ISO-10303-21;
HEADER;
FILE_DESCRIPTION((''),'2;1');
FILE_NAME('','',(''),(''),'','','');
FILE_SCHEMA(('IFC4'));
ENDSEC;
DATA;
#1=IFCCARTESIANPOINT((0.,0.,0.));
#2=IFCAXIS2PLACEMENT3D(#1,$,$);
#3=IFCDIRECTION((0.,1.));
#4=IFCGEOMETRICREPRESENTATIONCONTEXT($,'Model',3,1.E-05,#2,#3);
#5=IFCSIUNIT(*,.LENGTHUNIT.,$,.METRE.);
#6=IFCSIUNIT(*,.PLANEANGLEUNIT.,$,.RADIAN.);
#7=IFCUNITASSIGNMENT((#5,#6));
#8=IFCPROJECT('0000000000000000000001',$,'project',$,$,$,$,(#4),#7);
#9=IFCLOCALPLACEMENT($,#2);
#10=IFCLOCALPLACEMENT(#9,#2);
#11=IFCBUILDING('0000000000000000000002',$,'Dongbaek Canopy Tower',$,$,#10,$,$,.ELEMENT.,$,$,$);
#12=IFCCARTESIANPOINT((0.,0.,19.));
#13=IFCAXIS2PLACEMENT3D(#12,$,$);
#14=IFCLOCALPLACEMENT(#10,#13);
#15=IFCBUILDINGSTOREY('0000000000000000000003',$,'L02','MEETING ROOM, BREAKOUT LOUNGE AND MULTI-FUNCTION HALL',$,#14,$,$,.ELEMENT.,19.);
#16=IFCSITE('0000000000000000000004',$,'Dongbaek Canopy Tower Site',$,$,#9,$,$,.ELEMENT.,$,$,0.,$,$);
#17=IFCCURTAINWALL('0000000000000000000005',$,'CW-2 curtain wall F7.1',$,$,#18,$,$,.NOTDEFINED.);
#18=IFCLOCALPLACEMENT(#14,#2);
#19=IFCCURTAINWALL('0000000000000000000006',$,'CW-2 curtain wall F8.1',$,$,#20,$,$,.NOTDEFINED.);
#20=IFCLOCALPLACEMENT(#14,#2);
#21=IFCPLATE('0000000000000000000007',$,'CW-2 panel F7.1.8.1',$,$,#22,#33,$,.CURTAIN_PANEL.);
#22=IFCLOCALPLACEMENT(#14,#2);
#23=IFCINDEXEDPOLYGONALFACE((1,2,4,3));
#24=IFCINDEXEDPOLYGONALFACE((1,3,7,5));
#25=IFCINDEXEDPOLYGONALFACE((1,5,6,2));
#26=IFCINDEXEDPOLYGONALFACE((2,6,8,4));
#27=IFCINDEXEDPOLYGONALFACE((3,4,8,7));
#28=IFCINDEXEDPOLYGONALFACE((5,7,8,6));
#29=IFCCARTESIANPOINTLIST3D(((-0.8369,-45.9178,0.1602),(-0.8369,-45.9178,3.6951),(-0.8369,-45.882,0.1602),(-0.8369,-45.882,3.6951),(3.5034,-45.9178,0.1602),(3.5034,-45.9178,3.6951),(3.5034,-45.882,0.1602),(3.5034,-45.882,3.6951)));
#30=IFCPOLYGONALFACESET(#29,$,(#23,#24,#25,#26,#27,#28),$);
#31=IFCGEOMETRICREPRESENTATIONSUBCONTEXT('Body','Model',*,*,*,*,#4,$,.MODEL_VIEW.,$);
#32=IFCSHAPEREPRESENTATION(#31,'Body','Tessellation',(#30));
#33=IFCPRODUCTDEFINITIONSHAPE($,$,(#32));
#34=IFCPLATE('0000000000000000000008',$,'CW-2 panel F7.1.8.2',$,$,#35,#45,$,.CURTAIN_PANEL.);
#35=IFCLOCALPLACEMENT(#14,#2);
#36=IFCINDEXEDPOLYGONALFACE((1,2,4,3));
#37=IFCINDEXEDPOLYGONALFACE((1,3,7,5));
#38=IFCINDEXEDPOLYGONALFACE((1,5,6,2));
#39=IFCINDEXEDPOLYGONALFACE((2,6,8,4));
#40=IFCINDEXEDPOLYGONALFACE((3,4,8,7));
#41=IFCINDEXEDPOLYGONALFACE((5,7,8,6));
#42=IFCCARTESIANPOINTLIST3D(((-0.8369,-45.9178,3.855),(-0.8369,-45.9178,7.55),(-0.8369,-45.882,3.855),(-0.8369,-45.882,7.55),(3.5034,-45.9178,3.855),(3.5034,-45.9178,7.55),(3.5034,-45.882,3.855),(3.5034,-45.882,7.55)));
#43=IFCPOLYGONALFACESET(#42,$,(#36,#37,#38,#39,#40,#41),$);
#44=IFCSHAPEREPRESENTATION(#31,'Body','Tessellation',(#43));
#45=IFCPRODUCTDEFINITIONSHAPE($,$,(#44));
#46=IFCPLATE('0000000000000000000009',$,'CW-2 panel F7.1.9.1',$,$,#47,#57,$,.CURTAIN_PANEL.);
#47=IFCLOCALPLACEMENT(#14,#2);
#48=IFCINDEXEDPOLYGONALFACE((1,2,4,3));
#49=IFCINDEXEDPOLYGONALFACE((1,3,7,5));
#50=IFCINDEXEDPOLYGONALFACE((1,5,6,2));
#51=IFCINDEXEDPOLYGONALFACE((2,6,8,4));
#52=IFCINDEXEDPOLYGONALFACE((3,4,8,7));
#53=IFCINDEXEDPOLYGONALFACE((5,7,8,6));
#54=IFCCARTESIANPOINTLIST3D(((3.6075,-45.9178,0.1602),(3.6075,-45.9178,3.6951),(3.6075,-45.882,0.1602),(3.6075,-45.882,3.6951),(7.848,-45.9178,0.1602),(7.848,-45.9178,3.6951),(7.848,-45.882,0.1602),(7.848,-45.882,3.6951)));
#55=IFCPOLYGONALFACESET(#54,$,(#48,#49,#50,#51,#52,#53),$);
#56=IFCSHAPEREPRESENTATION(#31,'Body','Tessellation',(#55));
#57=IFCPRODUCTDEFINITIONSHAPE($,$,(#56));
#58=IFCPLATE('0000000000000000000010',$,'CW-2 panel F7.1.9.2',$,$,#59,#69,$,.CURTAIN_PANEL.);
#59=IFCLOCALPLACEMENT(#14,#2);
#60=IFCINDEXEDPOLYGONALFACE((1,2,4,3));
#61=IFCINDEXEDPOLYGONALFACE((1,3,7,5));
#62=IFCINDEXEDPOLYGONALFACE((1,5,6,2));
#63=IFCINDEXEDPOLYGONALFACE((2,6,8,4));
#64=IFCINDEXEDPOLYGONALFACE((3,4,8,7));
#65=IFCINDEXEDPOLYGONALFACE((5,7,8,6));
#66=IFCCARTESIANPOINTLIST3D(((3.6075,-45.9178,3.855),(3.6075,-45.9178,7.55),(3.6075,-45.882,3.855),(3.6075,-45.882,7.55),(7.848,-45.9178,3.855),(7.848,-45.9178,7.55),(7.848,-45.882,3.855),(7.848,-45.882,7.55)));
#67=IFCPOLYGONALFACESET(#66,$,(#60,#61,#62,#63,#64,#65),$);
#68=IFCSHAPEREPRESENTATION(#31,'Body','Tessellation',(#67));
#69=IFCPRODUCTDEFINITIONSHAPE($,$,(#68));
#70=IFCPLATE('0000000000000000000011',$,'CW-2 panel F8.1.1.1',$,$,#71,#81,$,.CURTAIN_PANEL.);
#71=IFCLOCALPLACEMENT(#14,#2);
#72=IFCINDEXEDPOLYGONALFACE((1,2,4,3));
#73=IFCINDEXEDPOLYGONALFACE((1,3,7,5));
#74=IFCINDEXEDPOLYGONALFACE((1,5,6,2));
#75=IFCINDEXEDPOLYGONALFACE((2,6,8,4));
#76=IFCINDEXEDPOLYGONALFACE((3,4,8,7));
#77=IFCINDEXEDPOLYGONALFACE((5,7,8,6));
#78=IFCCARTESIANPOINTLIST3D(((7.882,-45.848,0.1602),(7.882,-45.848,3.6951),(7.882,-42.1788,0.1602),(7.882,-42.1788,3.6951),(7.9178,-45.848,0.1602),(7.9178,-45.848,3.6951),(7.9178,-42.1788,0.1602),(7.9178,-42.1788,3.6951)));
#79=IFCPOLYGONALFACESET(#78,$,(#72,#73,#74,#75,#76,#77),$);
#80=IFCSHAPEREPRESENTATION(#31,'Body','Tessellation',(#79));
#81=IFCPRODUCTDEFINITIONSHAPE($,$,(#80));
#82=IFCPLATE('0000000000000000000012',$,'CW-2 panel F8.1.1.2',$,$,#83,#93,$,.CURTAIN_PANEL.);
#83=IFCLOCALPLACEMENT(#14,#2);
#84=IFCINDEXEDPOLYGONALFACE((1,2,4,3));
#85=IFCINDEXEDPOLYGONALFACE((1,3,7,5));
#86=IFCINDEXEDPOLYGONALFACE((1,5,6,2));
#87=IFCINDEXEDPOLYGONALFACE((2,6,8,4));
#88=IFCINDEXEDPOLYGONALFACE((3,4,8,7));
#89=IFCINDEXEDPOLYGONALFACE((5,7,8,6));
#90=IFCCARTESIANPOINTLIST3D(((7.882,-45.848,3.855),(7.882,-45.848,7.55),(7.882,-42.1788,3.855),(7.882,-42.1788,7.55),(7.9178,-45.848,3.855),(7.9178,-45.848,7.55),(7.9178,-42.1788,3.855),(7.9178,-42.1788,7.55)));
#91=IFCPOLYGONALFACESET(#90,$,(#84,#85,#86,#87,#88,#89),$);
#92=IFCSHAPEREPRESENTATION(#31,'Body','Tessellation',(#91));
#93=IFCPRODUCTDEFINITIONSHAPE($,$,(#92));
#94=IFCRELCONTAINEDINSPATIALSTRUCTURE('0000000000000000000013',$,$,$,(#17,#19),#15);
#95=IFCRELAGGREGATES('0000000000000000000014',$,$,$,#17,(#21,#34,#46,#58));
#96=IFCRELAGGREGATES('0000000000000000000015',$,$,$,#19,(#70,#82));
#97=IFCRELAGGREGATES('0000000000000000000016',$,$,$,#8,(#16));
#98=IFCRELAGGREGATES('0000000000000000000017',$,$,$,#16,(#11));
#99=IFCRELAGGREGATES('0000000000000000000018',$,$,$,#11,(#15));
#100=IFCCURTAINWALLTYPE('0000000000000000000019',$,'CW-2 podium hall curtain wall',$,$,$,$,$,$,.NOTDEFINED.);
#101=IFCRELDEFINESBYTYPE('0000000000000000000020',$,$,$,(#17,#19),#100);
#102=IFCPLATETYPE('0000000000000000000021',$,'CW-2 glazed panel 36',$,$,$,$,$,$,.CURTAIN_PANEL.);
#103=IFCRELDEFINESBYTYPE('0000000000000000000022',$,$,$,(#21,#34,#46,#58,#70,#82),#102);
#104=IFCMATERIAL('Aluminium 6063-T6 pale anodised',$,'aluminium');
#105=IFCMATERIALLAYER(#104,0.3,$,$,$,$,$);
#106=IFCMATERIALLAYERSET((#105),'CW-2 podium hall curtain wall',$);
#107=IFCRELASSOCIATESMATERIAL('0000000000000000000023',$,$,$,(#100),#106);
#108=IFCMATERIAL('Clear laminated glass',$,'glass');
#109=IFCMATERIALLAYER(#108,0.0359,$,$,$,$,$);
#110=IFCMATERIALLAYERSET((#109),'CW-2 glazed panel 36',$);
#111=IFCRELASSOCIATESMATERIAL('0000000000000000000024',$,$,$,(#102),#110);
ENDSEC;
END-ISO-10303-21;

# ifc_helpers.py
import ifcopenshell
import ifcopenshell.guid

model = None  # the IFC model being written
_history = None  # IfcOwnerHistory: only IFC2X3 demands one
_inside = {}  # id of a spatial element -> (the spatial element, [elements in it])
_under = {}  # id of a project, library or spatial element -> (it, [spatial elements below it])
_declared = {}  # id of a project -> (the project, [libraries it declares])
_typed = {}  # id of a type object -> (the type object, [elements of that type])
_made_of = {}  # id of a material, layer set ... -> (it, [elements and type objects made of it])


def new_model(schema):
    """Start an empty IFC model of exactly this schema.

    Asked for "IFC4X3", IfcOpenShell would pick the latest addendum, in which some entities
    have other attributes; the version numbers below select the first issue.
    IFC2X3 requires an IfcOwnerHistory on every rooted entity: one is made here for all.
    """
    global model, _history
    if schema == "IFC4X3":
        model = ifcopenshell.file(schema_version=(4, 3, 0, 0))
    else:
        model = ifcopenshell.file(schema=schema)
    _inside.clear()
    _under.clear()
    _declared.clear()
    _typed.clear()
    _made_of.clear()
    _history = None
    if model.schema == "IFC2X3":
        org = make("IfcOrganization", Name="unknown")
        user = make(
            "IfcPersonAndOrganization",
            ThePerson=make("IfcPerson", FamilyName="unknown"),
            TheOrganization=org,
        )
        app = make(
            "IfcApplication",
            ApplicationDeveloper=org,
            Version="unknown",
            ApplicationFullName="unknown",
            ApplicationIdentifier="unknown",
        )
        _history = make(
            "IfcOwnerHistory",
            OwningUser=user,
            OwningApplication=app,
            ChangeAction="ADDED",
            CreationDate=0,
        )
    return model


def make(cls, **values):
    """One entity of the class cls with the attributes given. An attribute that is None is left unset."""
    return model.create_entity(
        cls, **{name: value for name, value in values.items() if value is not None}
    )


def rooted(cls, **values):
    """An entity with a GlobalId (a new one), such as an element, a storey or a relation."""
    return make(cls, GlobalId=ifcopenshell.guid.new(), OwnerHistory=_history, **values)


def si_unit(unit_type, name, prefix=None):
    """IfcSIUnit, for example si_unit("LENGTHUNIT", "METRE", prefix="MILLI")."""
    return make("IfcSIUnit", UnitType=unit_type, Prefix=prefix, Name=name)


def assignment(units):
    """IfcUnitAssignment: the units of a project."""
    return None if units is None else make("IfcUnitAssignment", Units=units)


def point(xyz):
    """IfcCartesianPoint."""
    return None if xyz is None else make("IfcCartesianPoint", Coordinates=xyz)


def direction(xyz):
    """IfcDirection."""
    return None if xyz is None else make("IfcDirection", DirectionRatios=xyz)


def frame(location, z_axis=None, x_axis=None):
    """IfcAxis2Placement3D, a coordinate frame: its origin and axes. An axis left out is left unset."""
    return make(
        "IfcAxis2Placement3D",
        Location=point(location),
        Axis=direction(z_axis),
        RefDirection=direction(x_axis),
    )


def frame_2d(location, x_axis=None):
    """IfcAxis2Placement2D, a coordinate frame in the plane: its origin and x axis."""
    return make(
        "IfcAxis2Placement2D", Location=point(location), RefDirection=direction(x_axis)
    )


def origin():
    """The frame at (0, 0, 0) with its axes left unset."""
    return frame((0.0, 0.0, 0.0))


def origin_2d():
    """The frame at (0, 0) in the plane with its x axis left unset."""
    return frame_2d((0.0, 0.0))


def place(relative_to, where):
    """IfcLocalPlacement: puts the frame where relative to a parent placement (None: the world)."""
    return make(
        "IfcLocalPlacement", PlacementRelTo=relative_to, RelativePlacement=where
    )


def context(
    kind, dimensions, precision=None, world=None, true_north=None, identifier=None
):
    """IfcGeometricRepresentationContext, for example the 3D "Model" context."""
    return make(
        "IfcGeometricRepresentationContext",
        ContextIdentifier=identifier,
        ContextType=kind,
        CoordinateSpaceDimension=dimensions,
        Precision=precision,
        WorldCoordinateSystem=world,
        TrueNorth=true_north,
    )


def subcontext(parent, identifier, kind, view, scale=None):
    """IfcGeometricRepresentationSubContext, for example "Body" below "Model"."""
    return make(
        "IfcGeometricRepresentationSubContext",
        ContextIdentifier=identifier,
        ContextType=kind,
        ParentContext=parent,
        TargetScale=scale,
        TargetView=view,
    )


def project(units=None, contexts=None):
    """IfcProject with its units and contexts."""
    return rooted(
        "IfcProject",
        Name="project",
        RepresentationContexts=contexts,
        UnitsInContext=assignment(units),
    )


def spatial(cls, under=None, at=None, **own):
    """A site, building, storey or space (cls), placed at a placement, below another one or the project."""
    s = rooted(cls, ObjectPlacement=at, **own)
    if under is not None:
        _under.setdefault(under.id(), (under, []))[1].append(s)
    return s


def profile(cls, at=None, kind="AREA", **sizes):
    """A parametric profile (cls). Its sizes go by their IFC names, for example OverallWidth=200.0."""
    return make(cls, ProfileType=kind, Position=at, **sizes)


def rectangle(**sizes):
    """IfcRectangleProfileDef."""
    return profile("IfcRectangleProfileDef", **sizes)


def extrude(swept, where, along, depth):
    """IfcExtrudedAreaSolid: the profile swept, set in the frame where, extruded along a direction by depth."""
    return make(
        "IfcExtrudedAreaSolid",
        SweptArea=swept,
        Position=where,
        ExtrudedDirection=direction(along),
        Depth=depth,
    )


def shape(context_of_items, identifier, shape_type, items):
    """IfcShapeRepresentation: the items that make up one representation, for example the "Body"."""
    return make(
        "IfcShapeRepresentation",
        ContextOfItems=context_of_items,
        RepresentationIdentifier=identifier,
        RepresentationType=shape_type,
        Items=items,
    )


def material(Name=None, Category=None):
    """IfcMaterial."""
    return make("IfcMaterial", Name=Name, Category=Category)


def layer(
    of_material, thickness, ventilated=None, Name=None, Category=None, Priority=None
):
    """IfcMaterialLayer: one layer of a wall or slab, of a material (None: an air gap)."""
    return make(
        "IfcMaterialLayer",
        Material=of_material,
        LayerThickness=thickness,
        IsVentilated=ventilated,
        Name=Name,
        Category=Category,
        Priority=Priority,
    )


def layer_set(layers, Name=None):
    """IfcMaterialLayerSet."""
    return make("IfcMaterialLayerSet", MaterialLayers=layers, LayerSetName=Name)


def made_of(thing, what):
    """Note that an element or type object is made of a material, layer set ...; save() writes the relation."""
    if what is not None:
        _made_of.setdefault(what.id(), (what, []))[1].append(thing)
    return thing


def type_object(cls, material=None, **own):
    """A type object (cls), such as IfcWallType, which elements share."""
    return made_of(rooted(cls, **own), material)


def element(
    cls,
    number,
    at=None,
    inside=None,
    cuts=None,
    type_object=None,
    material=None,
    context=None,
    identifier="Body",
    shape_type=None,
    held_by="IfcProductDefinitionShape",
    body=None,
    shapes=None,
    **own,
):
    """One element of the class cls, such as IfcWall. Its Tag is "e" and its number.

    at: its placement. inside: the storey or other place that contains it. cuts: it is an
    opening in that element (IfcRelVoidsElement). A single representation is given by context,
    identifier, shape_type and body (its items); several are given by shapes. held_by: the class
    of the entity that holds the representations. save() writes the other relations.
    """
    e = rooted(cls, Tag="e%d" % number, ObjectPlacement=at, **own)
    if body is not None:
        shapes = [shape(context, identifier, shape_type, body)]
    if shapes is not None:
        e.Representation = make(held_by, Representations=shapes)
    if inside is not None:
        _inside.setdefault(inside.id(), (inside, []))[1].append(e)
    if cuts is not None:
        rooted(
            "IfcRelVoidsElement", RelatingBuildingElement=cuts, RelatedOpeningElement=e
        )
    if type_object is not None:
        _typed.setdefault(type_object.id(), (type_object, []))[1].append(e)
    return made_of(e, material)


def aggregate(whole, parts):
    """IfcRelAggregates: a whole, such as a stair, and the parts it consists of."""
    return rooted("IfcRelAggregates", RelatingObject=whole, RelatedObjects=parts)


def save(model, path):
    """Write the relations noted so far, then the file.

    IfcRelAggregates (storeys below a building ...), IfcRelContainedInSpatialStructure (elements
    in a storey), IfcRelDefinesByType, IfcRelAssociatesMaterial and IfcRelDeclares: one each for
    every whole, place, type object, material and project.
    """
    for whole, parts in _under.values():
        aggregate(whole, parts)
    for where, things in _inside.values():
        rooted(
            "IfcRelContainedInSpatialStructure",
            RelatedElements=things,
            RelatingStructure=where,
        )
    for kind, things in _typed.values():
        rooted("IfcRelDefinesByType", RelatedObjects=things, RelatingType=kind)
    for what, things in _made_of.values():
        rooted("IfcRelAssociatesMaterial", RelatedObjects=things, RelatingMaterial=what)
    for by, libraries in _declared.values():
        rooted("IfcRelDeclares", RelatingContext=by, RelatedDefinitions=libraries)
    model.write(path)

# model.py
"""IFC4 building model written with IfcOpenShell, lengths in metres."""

from ifc_helpers import new_model, si_unit, direction, frame, origin, origin_2d, place, context, subcontext, project, spatial, rectangle, extrude, material, layer, layer_set, type_object, element, aggregate, save


model = new_model("IFC4")

# Units and contexts
model_context = context("Model", 3, precision=1e-05, world=origin(), true_north=direction((0.0, 1.0)))
body_context = subcontext(model_context, "Body", "Model", "MODEL_VIEW")
ifc_project = project(units=[si_unit("LENGTHUNIT", "METRE"), si_unit("PLANEANGLEUNIT", "RADIAN")], contexts=[model_context])

# Site, building, storey
site_placement = place(None, origin())
site = spatial("IfcSite", under=ifc_project, at=site_placement, Name="Dongbaek Canopy Tower Site", CompositionType="ELEMENT", RefElevation=0.0)
building_placement = place(site_placement, origin())
building = spatial("IfcBuilding", under=site, at=building_placement, Name="Dongbaek Canopy Tower", CompositionType="ELEMENT")
storey_placement = place(building_placement, frame((0.0, 0.0, 19.0)))
storey = spatial("IfcBuildingStorey", under=building, at=storey_placement, Name="L02", Description="MEETING ROOM, BREAKOUT LOUNGE AND MULTI-FUNCTION HALL", CompositionType="ELEMENT", Elevation=19.0)

# Curtain wall
ifc_material_1 = material(Name="Aluminium 6063-T6 pale anodised", Category="aluminium")
ifc_layer_1 = layer(ifc_material_1, 0.3)
ifc_layer_set_1 = layer_set([ifc_layer_1], Name="CW-2 podium hall curtain wall")
curtain_wall_type = type_object("IfcCurtainWallType", Name="CW-2 podium hall curtain wall", PredefinedType="NOTDEFINED", material=ifc_layer_set_1)
curtain_wall_1_placement = place(storey_placement, origin())
curtain_wall_1 = element("IfcCurtainWall", 1, at=curtain_wall_1_placement, inside=storey, type_object=curtain_wall_type, Name="CW-2 curtain wall F7.1", PredefinedType="NOTDEFINED")

# Curtain wall
curtain_wall_2_placement = place(storey_placement, origin())
curtain_wall_2 = element("IfcCurtainWall", 2, at=curtain_wall_2_placement, inside=storey, type_object=curtain_wall_type, Name="CW-2 curtain wall F8.1", PredefinedType="NOTDEFINED")

# Plates
ifc_material_2 = material(Name="Clear laminated glass", Category="glass")
ifc_layer_2 = layer(ifc_material_2, 0.0359)
ifc_layer_set_2 = layer_set([ifc_layer_2], Name="CW-2 glazed panel 36")
plate_type = type_object("IfcPlateType", Name="CW-2 glazed panel 36", PredefinedType="CURTAIN_PANEL", material=ifc_layer_set_2)
plate_1_placement = place(storey_placement, frame((1.3333, -45.8999, 0.1602), z_axis=(0.0, 0.0, 1.0), x_axis=(1.0, 0.0, 0.0)))
plate_1 = element("IfcPlate", 3, at=plate_1_placement, type_object=plate_type, Name="CW-2 panel F7.1.8.1", PredefinedType="CURTAIN_PANEL", context=body_context, shape_type="SweptSolid", body=[
    extrude(rectangle(XDim=4.3403, YDim=0.0359, at=origin_2d()), origin(), (0.0, 0.0, 1.0), 3.5349),
])
plate_2_placement = place(storey_placement, frame((1.3333, -45.8999, 3.855), z_axis=(0.0, 0.0, 1.0), x_axis=(1.0, 0.0, 0.0)))
plate_2 = element("IfcPlate", 4, at=plate_2_placement, type_object=plate_type, Name="CW-2 panel F7.1.8.2", PredefinedType="CURTAIN_PANEL", context=body_context, shape_type="SweptSolid", body=[
    extrude(rectangle(XDim=4.3403, YDim=0.0359, at=origin_2d()), origin(), (0.0, 0.0, 1.0), 3.6951),
])
plate_3_placement = place(storey_placement, frame((5.7278, -45.8999, 0.1602), z_axis=(0.0, 0.0, 1.0), x_axis=(1.0, 0.0, 0.0)))
plate_3 = element("IfcPlate", 5, at=plate_3_placement, type_object=plate_type, Name="CW-2 panel F7.1.9.1", PredefinedType="CURTAIN_PANEL", context=body_context, shape_type="SweptSolid", body=[
    extrude(rectangle(XDim=4.2405, YDim=0.0359, at=origin_2d()), origin(), (0.0, 0.0, 1.0), 3.5349),
])
plate_4_placement = place(storey_placement, frame((5.7278, -45.8999, 3.855), z_axis=(0.0, 0.0, 1.0), x_axis=(1.0, 0.0, 0.0)))
plate_4 = element("IfcPlate", 6, at=plate_4_placement, type_object=plate_type, Name="CW-2 panel F7.1.9.2", PredefinedType="CURTAIN_PANEL", context=body_context, shape_type="SweptSolid", body=[
    extrude(rectangle(XDim=4.2405, YDim=0.0359, at=origin_2d()), origin(), (0.0, 0.0, 1.0), 3.6951),
])
aggregate(curtain_wall_1, [plate_1, plate_2, plate_3, plate_4])
plate_5_placement = place(storey_placement, frame((7.8999, -44.0134, 0.1602), z_axis=(0.0, 0.0, 1.0), x_axis=(0.0, 1.0, 0.0)))
plate_5 = element("IfcPlate", 7, at=plate_5_placement, type_object=plate_type, Name="CW-2 panel F8.1.1.1", PredefinedType="CURTAIN_PANEL", context=body_context, shape_type="SweptSolid", body=[
    extrude(rectangle(XDim=3.6692, YDim=0.0359, at=origin_2d()), origin(), (0.0, 0.0, 1.0), 3.5349),
])
plate_6_placement = place(storey_placement, frame((7.8999, -44.0134, 3.855), z_axis=(0.0, 0.0, 1.0), x_axis=(0.0, 1.0, 0.0)))
plate_6 = element("IfcPlate", 8, at=plate_6_placement, type_object=plate_type, Name="CW-2 panel F8.1.1.2", PredefinedType="CURTAIN_PANEL", context=body_context, shape_type="SweptSolid", body=[
    extrude(rectangle(XDim=3.6692, YDim=0.0359, at=origin_2d()), origin(), (0.0, 0.0, 1.0), 3.6951),
])
aggregate(curtain_wall_2, [plate_5, plate_6])

save(model, "model.ifc")
